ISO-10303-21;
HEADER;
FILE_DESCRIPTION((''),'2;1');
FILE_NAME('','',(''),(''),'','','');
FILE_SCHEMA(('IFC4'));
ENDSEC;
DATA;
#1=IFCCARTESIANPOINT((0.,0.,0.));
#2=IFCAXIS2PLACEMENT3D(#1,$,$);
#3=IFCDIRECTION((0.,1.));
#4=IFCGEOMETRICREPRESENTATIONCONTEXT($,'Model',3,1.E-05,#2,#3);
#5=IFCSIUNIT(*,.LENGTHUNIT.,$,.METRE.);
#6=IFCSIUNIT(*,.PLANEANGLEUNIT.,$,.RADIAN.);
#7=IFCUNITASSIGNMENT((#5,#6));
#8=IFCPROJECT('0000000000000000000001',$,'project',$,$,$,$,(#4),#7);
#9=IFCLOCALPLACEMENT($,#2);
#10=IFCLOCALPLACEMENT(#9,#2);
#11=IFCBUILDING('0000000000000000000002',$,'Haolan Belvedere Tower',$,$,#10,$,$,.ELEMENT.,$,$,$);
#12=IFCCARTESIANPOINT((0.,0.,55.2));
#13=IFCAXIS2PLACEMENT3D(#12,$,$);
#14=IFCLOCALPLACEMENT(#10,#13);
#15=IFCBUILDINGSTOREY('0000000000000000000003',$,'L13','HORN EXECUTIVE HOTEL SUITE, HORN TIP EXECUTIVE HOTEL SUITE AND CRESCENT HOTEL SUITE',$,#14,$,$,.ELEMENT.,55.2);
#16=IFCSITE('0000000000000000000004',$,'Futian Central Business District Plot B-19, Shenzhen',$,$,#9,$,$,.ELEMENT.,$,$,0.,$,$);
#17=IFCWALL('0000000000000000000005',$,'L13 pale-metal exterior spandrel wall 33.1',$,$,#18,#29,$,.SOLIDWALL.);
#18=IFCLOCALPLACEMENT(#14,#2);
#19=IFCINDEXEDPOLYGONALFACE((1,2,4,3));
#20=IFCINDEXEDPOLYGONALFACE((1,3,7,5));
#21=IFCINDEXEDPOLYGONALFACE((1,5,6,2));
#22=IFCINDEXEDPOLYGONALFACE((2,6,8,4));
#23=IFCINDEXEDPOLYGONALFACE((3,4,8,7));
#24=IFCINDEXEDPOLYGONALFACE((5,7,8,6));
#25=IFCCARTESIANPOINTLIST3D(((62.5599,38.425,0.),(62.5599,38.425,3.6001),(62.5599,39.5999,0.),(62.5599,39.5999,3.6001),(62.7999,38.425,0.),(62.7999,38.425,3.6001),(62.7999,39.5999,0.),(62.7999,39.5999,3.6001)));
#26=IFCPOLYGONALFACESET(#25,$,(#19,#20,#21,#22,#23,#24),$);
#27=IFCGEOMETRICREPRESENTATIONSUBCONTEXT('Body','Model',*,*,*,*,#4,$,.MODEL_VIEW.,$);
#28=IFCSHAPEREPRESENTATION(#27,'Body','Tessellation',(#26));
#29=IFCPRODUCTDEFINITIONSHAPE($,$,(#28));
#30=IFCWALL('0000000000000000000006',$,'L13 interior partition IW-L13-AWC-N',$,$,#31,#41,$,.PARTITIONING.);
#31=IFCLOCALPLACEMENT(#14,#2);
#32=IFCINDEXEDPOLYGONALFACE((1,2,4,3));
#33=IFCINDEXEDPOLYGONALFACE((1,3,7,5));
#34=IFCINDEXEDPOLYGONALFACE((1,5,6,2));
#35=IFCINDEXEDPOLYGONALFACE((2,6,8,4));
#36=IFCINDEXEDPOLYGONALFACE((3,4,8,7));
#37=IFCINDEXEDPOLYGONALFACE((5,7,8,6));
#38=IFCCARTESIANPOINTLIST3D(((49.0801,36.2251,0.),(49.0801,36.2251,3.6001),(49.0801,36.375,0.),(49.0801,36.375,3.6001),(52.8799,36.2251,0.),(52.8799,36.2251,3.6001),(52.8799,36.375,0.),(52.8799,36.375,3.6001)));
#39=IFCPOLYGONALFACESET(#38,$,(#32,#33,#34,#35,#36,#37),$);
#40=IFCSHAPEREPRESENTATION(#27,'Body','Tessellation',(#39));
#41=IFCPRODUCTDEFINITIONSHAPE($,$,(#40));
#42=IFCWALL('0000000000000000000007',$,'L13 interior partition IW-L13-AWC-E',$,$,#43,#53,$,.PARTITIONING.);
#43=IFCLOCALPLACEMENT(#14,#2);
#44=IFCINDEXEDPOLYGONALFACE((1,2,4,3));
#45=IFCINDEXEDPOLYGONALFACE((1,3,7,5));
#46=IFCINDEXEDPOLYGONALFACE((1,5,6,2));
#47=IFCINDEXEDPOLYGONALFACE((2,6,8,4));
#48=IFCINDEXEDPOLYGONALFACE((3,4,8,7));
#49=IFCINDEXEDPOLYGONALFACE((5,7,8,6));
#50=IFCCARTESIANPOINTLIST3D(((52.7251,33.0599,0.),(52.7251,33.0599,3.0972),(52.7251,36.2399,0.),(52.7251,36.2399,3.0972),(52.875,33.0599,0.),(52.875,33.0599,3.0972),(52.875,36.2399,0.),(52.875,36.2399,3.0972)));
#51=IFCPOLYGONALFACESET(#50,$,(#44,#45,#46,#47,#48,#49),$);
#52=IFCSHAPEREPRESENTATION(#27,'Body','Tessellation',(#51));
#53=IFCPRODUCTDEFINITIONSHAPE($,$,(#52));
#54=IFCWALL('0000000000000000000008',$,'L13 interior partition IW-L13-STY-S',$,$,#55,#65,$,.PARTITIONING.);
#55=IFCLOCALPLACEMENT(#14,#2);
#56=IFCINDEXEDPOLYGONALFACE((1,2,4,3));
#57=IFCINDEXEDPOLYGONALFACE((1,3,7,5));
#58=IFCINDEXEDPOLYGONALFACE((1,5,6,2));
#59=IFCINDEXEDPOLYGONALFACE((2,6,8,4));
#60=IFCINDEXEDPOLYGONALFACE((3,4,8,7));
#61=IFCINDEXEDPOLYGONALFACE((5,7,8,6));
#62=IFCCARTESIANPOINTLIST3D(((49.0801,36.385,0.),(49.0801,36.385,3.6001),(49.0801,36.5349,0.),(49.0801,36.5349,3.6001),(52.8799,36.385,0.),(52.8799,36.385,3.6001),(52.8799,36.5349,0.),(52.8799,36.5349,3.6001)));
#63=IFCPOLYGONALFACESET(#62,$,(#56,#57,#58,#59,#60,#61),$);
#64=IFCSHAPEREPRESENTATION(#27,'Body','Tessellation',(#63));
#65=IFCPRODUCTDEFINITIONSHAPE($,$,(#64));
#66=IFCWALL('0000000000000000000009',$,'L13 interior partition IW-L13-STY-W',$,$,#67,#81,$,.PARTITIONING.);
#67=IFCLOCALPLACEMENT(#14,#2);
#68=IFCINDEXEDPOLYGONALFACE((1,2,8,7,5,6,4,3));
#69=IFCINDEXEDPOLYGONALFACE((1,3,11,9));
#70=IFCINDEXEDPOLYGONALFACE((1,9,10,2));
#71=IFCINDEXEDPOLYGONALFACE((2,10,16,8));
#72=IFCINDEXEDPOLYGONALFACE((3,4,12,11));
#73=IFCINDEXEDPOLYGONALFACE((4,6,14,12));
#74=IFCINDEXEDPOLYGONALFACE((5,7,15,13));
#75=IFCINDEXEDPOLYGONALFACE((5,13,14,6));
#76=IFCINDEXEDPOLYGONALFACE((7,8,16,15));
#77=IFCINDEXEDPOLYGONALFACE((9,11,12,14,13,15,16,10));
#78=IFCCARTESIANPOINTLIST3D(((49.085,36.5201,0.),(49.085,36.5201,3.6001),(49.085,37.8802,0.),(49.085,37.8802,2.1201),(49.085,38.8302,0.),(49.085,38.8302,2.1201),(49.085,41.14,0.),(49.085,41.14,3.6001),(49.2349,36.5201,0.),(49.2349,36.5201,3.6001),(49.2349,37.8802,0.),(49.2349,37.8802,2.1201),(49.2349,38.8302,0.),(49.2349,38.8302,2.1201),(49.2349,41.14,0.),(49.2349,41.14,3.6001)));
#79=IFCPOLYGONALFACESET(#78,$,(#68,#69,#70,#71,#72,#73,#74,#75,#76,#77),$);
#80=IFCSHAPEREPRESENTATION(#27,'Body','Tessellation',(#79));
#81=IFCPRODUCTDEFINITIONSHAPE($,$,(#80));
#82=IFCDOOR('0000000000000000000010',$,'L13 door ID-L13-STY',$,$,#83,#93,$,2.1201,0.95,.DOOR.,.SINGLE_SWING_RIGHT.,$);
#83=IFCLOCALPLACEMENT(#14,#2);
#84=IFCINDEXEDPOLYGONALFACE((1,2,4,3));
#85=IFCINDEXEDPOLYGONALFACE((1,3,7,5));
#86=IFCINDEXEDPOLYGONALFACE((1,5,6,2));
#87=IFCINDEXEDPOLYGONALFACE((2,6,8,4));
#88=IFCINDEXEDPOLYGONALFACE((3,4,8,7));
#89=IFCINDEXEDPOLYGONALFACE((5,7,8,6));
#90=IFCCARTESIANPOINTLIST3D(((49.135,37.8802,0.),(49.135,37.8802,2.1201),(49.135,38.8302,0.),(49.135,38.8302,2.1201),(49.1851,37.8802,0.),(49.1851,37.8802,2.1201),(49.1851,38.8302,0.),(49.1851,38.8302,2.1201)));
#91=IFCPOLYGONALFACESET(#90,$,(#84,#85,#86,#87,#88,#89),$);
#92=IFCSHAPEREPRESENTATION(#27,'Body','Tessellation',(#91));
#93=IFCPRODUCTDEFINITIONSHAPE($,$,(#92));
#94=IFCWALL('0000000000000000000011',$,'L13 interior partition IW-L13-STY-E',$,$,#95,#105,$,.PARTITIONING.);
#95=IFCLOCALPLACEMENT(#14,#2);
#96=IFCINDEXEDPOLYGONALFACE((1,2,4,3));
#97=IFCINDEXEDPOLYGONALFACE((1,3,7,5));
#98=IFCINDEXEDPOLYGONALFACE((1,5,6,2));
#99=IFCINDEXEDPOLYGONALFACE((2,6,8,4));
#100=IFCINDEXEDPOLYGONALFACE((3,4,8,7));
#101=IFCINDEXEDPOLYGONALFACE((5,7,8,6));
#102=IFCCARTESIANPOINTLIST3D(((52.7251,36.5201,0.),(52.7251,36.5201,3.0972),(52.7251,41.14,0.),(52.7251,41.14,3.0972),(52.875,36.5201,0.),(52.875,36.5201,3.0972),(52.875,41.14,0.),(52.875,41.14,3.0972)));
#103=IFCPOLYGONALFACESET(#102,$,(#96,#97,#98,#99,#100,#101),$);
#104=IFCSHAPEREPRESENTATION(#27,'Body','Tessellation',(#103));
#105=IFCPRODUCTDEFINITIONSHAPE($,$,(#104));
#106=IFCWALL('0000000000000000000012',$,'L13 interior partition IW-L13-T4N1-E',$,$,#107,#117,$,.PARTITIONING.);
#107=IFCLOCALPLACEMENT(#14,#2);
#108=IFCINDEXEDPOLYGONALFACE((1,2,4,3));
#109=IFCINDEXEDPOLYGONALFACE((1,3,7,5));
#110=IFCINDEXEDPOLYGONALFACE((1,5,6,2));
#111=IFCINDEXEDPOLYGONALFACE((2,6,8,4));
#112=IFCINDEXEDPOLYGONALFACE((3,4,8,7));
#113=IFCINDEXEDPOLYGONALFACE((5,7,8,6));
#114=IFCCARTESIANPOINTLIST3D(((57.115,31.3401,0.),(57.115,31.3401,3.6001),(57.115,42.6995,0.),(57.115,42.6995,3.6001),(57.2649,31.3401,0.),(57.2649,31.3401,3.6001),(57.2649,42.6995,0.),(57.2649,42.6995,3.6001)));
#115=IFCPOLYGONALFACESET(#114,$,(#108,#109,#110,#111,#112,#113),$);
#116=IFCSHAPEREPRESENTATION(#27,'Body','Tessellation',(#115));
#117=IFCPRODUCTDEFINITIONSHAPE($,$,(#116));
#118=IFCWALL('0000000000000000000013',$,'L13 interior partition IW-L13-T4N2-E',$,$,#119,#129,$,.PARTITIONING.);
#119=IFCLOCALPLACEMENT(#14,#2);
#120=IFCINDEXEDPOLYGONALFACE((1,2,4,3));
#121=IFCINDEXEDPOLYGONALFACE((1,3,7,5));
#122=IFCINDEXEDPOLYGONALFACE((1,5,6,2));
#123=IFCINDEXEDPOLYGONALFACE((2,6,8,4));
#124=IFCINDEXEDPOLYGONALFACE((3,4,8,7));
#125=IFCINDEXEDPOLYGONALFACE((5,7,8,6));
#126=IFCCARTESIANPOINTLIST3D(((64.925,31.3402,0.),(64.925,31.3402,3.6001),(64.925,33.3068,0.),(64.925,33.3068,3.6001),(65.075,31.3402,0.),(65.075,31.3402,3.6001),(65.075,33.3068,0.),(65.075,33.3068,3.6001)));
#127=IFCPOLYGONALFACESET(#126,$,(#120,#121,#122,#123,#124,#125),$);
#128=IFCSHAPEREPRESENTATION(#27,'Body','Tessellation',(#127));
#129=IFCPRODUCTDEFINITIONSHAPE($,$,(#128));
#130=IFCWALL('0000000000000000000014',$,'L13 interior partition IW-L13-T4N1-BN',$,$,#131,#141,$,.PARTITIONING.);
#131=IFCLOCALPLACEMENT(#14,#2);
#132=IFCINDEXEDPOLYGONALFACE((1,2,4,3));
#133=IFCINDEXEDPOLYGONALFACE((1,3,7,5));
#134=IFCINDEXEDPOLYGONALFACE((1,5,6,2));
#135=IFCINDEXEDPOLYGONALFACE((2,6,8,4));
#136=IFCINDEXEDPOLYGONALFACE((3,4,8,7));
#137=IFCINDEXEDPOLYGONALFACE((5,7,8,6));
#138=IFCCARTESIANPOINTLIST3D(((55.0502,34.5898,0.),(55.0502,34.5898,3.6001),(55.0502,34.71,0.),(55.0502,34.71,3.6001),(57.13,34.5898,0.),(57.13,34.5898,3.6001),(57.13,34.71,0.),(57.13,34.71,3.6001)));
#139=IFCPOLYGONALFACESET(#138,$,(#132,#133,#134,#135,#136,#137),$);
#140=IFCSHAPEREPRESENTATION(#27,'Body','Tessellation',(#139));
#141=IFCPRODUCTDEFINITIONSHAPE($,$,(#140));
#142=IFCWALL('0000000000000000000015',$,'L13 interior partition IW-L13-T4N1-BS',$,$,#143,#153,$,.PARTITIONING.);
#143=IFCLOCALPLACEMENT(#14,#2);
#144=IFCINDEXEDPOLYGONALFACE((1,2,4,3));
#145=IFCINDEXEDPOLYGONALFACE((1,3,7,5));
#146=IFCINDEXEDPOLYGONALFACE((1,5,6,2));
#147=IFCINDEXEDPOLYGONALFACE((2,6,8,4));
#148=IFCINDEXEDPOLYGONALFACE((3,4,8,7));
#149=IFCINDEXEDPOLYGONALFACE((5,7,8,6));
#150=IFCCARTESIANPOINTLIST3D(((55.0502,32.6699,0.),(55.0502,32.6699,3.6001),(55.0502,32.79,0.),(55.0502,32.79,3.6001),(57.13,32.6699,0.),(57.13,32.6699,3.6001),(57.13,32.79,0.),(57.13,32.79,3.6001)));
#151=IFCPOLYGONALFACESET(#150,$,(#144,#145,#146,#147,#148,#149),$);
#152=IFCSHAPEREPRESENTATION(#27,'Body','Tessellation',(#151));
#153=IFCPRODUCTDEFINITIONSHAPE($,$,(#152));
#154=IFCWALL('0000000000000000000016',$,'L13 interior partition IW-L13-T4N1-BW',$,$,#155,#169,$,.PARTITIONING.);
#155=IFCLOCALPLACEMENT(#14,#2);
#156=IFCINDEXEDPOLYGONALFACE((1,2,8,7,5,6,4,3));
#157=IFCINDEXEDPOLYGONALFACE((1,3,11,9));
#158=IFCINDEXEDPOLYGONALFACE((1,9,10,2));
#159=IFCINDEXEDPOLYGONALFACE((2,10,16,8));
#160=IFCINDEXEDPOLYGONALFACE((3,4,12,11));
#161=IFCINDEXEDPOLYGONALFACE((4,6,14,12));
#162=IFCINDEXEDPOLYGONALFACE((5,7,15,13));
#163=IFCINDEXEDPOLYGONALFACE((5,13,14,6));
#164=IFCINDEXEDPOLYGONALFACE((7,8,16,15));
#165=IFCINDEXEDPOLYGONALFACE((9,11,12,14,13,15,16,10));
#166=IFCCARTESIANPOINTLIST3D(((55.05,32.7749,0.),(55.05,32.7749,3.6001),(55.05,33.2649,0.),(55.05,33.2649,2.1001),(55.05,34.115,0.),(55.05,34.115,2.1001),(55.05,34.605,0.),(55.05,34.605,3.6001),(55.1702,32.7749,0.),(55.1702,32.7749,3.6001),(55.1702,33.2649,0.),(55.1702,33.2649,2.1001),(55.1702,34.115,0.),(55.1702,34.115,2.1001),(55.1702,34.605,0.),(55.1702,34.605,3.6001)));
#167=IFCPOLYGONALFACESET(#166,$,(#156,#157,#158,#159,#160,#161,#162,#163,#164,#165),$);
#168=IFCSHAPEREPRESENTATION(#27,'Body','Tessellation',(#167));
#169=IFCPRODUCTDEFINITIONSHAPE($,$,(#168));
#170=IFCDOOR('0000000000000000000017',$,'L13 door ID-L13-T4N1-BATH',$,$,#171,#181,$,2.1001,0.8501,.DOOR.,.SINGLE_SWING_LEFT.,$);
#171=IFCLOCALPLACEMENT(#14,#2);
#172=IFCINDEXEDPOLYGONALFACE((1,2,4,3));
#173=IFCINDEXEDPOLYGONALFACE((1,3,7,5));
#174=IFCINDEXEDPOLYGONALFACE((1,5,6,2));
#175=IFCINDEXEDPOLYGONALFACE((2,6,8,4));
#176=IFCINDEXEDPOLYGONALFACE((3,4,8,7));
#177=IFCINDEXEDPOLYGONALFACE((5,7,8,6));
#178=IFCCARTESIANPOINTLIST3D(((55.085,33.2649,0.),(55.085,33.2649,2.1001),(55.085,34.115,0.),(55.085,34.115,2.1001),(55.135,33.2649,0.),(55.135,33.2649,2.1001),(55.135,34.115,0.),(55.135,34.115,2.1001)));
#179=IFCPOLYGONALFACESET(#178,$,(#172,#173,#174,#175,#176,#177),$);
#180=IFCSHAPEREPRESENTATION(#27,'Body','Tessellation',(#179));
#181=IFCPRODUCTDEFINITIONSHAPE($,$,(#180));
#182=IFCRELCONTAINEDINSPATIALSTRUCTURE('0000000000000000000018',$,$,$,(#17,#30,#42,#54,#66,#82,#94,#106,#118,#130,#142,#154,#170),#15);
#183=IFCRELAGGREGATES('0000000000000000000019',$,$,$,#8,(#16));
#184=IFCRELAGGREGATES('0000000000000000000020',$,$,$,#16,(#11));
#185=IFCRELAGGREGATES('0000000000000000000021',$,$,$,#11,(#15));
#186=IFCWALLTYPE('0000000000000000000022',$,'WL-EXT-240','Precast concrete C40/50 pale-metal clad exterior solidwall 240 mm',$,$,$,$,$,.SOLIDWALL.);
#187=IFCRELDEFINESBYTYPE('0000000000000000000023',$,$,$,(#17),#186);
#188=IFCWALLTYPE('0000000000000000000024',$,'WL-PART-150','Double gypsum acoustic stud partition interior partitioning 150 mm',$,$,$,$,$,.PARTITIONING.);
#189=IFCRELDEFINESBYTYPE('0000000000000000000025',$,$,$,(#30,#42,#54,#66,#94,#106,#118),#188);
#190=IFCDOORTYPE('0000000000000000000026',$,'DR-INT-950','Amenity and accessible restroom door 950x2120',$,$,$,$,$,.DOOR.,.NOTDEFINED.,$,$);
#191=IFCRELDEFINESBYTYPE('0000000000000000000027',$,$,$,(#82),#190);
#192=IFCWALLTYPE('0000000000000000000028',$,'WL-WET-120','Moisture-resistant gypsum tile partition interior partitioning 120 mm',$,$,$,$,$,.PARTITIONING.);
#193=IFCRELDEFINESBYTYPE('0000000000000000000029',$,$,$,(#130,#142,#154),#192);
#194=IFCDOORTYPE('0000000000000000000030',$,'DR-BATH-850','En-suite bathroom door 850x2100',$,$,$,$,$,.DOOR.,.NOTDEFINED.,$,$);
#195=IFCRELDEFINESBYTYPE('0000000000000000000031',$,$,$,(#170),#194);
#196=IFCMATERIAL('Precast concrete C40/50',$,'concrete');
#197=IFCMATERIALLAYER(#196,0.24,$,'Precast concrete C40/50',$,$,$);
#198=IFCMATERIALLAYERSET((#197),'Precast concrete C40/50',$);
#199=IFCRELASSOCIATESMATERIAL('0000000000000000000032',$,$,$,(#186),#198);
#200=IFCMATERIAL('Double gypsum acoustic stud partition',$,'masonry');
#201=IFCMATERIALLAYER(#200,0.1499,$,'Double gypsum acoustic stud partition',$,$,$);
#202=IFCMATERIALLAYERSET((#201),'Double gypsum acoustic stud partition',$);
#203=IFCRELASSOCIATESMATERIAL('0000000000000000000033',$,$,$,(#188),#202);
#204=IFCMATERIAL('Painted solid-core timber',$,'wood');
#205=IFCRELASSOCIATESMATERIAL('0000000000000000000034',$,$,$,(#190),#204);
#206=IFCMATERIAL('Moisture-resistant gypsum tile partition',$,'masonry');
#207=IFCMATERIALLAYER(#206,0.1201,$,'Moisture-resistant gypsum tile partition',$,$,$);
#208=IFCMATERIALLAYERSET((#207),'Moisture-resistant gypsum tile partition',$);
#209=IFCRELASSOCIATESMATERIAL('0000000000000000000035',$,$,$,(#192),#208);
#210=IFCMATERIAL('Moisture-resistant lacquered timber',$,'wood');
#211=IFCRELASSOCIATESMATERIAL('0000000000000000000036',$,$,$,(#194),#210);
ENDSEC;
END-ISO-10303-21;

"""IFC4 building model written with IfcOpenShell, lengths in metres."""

from ifc_helpers import new_model, si_unit, direction, frame, frame_2d, origin, place, context, subcontext, project, spatial, rectangle, extrude, material, layer, layer_set, type_object, element, fill, save


model = new_model("IFC4")

# Units and contexts
model_context = context("Model", 3, precision=1e-05, world=origin(), true_north=direction((0.0, 1.0)))
body_context = subcontext(model_context, "Body", "Model", "MODEL_VIEW")
ifc_project = project(units=[si_unit("LENGTHUNIT", "METRE"), si_unit("PLANEANGLEUNIT", "RADIAN")], contexts=[model_context])

# Site, building, storey
site_placement = place(None, origin())
site = spatial("IfcSite", under=ifc_project, at=site_placement, Name="Futian Central Business District Plot B-19, Shenzhen", CompositionType="ELEMENT", RefElevation=0.0)
building_placement = place(site_placement, origin())
building = spatial("IfcBuilding", under=site, at=building_placement, Name="Haolan Belvedere Tower", CompositionType="ELEMENT")
storey_placement = place(building_placement, frame((0.0, 0.0, 55.2)))
storey = spatial("IfcBuildingStorey", under=building, at=storey_placement, Name="L13", Description="HORN EXECUTIVE HOTEL SUITE, HORN TIP EXECUTIVE HOTEL SUITE AND CRESCENT HOTEL SUITE", CompositionType="ELEMENT", Elevation=55.2)

# Shared definitions
ifc_material_1 = material(Name="Precast concrete C40/50", Category="concrete")
ifc_layer_1 = layer(ifc_material_1, 0.24, Name="Precast concrete C40/50")
ifc_layer_set_1 = layer_set([ifc_layer_1], Name="Precast concrete C40/50")
wall_type_1 = type_object("IfcWallType", Name="WL-EXT-240", Description="Precast concrete C40/50 pale-metal clad exterior solidwall 240 mm", PredefinedType="SOLIDWALL", material=ifc_layer_set_1)

# Walls
wall_1_placement = place(storey_placement, frame((62.6799, 38.425, 0.0), z_axis=(0.0, 0.0, 1.0), x_axis=(0.0, 1.0, 0.0)))
element("IfcWall", 1, at=wall_1_placement, inside=storey, type_object=wall_type_1, Name="L13 pale-metal exterior spandrel wall 33.1", PredefinedType="SOLIDWALL", context=body_context, shape_type="SweptSolid", body=[
    extrude(rectangle(XDim=1.1748, YDim=0.24, at=frame_2d((0.5874, 0.0))), origin(), (0.0, 0.0, 1.0), 3.6001),
])
ifc_material_2 = material(Name="Double gypsum acoustic stud partition", Category="masonry")
ifc_layer_2 = layer(ifc_material_2, 0.1499, Name="Double gypsum acoustic stud partition")
ifc_layer_set_2 = layer_set([ifc_layer_2], Name="Double gypsum acoustic stud partition")
wall_type_2 = type_object("IfcWallType", Name="WL-PART-150", Description="Double gypsum acoustic stud partition interior partitioning 150 mm", PredefinedType="PARTITIONING", material=ifc_layer_set_2)
wall_2_placement = place(storey_placement, frame((49.0801, 36.3, 0.0), z_axis=(0.0, 0.0, 1.0), x_axis=(1.0, 0.0, 0.0)))
element("IfcWall", 2, at=wall_2_placement, inside=storey, type_object=wall_type_2, Name="L13 interior partition IW-L13-AWC-N", PredefinedType="PARTITIONING", context=body_context, shape_type="SweptSolid", body=[
    extrude(rectangle(XDim=3.7998, YDim=0.1499, at=frame_2d((1.8999, 0.0))), origin(), (0.0, 0.0, 1.0), 3.6001),
])

# Shared definitions
ifc_material_3 = material(Name="Painted solid-core timber", Category="wood")
door_type_1 = type_object("IfcDoorType", Name="DR-INT-950", Description="Amenity and accessible restroom door 950x2120", OperationType="NOTDEFINED", PredefinedType="DOOR", material=ifc_material_3)

# Walls
wall_3_placement = place(storey_placement, frame((52.8, 33.0601, 0.0), z_axis=(0.0, 0.0, 1.0), x_axis=(0.0, 1.0, 0.0)))
element("IfcWall", 3, at=wall_3_placement, inside=storey, type_object=wall_type_2, Name="L13 interior partition IW-L13-AWC-E", PredefinedType="PARTITIONING", context=body_context, shape_type="SweptSolid", body=[
    extrude(rectangle(XDim=3.1799, YDim=0.1499, at=frame_2d((1.5898, 0.0))), origin(), (0.0, 0.0, 1.0), 3.0972),
])
wall_4_placement = place(storey_placement, frame((49.0801, 36.46, 0.0), z_axis=(0.0, 0.0, 1.0), x_axis=(1.0, 0.0, 0.0)))
element("IfcWall", 4, at=wall_4_placement, inside=storey, type_object=wall_type_2, Name="L13 interior partition IW-L13-STY-S", PredefinedType="PARTITIONING", context=body_context, shape_type="SweptSolid", body=[
    extrude(rectangle(XDim=3.7998, YDim=0.1499, at=frame_2d((1.8999, 0.0))), origin(), (0.0, 0.0, 1.0), 3.6001),
])

# Wall, opening, door
wall_5_placement = place(storey_placement, frame((49.1599, 36.52, 0.0), z_axis=(0.0, 0.0, 1.0), x_axis=(0.0, 1.0, 0.0)))
wall_5 = element("IfcWall", 5, at=wall_5_placement, inside=storey, type_object=wall_type_2, Name="L13 interior partition IW-L13-STY-W", PredefinedType="PARTITIONING", context=body_context, shape_type="SweptSolid", body=[
    extrude(rectangle(XDim=4.6199, YDim=0.1499, at=frame_2d((2.3101, 0.0))), origin(), (0.0, 0.0, 1.0), 3.6001),
])
opening_1_placement = place(wall_5_placement, frame((1.3601, 0.0, 0.0)))
opening_1 = element("IfcOpeningElement", 6, at=opening_1_placement, cuts=wall_5, PredefinedType="OPENING", context=body_context, shape_type="SweptSolid", body=[
    extrude(rectangle(XDim=0.95, YDim=2.1201, at=frame_2d((0.4751, 1.0601))), frame((0.0, 0.085, 0.0), z_axis=(0.0, -1.0, 0.0), x_axis=(1.0, 0.0, 0.0)), (0.0, 0.0, 1.0), 0.1699),
])
door_1_placement = place(opening_1_placement, origin())
door_1 = element("IfcDoor", 7, at=door_1_placement, inside=storey, type_object=door_type_1, Name="L13 door ID-L13-STY", OperationType="SINGLE_SWING_RIGHT", OverallHeight=2.1201, OverallWidth=0.95, PredefinedType="DOOR", context=body_context, shape_type="SweptSolid", body=[
    extrude(rectangle(XDim=0.95, YDim=2.1201, at=frame_2d((0.4751, 1.0601))), frame((0.0, 0.0249, 0.0), z_axis=(0.0, -1.0, 0.0), x_axis=(1.0, 0.0, 0.0)), (0.0, 0.0, 1.0), 0.05),
])
fill(opening_1, door_1)

# Walls
wall_6_placement = place(storey_placement, frame((52.8, 36.52, 0.0), z_axis=(0.0, 0.0, 1.0), x_axis=(0.0, 1.0, 0.0)))
element("IfcWall", 8, at=wall_6_placement, inside=storey, type_object=wall_type_2, Name="L13 interior partition IW-L13-STY-E", PredefinedType="PARTITIONING", context=body_context, shape_type="SweptSolid", body=[
    extrude(rectangle(XDim=4.6199, YDim=0.1499, at=frame_2d((2.3101, 0.0))), origin(), (0.0, 0.0, 1.0), 3.0972),
])
wall_7_placement = place(storey_placement, frame((57.1899, 31.3401, 0.0), z_axis=(0.0, 0.0, 1.0), x_axis=(0.0, 1.0, 0.0)))
element("IfcWall", 9, at=wall_7_placement, inside=storey, type_object=wall_type_2, Name="L13 interior partition IW-L13-T4N1-E", PredefinedType="PARTITIONING", context=body_context, shape_type="SweptSolid", body=[
    extrude(rectangle(XDim=11.3594, YDim=0.1499, at=frame_2d((5.6797, 0.0))), origin(), (0.0, 0.0, 1.0), 3.6001),
])
wall_8_placement = place(storey_placement, frame((65.0, 31.3401, 0.0), z_axis=(0.0, 0.0, 1.0), x_axis=(0.0, 1.0, 0.0)))
element("IfcWall", 10, at=wall_8_placement, inside=storey, type_object=wall_type_2, Name="L13 interior partition IW-L13-T4N2-E", PredefinedType="PARTITIONING", context=body_context, shape_type="SweptSolid", body=[
    extrude(rectangle(XDim=1.9666, YDim=0.1499, at=frame_2d((0.9834, 0.0))), origin(), (0.0, 0.0, 1.0), 3.6001),
])
ifc_material_4 = material(Name="Moisture-resistant gypsum tile partition", Category="masonry")
ifc_layer_3 = layer(ifc_material_4, 0.1201, Name="Moisture-resistant gypsum tile partition")
ifc_layer_set_3 = layer_set([ifc_layer_3], Name="Moisture-resistant gypsum tile partition")
wall_type_3 = type_object("IfcWallType", Name="WL-WET-120", Description="Moisture-resistant gypsum tile partition interior partitioning 120 mm", PredefinedType="PARTITIONING", material=ifc_layer_set_3)
for number, where, z_axis, x_axis, name in (
    (11, (55.05, 34.6499, 0.0), (0.0, 0.0, 1.0), (1.0, 0.0, 0.0), "L13 interior partition IW-L13-T4N1-BN"),
    (12, (55.05, 32.73, 0.0), (0.0, 0.0, 1.0), (1.0, 0.0, 0.0), "L13 interior partition IW-L13-T4N1-BS"),
):
    element("IfcWall", number, at=place(storey_placement, frame(where, z_axis=z_axis, x_axis=x_axis)), inside=storey, type_object=wall_type_3, Name=name, PredefinedType="PARTITIONING", context=body_context, shape_type="SweptSolid", body=[
        extrude(rectangle(XDim=2.0798, YDim=0.1201, at=frame_2d((1.04, 0.0))), origin(), (0.0, 0.0, 1.0), 3.6001),
    ])

# Wall, opening, door
wall_9_placement = place(storey_placement, frame((55.1101, 32.7749, 0.0), z_axis=(0.0, 0.0, 1.0), x_axis=(0.0, 1.0, 0.0)))
wall_9 = element("IfcWall", 13, at=wall_9_placement, inside=storey, type_object=wall_type_3, Name="L13 interior partition IW-L13-T4N1-BW", PredefinedType="PARTITIONING", context=body_context, shape_type="SweptSolid", body=[
    extrude(rectangle(XDim=1.8301, YDim=0.1201, at=frame_2d((0.915, 0.0))), origin(), (0.0, 0.0, 1.0), 3.6001),
])
opening_2_placement = place(wall_9_placement, frame((1.3401, 0.0, 0.0), z_axis=(0.0, 0.0, 1.0), x_axis=(-1.0, 0.0, 0.0)))
opening_2 = element("IfcOpeningElement", 14, at=opening_2_placement, cuts=wall_9, PredefinedType="OPENING", context=body_context, shape_type="SweptSolid", body=[
    extrude(rectangle(XDim=0.8501, YDim=2.1001, at=frame_2d((0.425, 1.05))), frame((0.0, 0.0701, 0.0), z_axis=(0.0, -1.0, 0.0), x_axis=(1.0, 0.0, 0.0)), (0.0, 0.0, 1.0), 0.1401),
])
ifc_material_5 = material(Name="Moisture-resistant lacquered timber", Category="wood")
door_type_2 = type_object("IfcDoorType", Name="DR-BATH-850", Description="En-suite bathroom door 850x2100", OperationType="NOTDEFINED", PredefinedType="DOOR", material=ifc_material_5)
door_2_placement = place(opening_2_placement, origin())
door_2 = element("IfcDoor", 15, at=door_2_placement, inside=storey, type_object=door_type_2, Name="L13 door ID-L13-T4N1-BATH", OperationType="SINGLE_SWING_LEFT", OverallHeight=2.1001, OverallWidth=0.8501, PredefinedType="DOOR", context=body_context, shape_type="SweptSolid", body=[
    extrude(rectangle(XDim=0.8501, YDim=2.1001, at=frame_2d((0.425, 1.05))), frame((0.0, 0.0249, 0.0), z_axis=(0.0, -1.0, 0.0), x_axis=(1.0, 0.0, 0.0)), (0.0, 0.0, 1.0), 0.05),
])
fill(opening_2, door_2)

save(model, "model.ifc")
